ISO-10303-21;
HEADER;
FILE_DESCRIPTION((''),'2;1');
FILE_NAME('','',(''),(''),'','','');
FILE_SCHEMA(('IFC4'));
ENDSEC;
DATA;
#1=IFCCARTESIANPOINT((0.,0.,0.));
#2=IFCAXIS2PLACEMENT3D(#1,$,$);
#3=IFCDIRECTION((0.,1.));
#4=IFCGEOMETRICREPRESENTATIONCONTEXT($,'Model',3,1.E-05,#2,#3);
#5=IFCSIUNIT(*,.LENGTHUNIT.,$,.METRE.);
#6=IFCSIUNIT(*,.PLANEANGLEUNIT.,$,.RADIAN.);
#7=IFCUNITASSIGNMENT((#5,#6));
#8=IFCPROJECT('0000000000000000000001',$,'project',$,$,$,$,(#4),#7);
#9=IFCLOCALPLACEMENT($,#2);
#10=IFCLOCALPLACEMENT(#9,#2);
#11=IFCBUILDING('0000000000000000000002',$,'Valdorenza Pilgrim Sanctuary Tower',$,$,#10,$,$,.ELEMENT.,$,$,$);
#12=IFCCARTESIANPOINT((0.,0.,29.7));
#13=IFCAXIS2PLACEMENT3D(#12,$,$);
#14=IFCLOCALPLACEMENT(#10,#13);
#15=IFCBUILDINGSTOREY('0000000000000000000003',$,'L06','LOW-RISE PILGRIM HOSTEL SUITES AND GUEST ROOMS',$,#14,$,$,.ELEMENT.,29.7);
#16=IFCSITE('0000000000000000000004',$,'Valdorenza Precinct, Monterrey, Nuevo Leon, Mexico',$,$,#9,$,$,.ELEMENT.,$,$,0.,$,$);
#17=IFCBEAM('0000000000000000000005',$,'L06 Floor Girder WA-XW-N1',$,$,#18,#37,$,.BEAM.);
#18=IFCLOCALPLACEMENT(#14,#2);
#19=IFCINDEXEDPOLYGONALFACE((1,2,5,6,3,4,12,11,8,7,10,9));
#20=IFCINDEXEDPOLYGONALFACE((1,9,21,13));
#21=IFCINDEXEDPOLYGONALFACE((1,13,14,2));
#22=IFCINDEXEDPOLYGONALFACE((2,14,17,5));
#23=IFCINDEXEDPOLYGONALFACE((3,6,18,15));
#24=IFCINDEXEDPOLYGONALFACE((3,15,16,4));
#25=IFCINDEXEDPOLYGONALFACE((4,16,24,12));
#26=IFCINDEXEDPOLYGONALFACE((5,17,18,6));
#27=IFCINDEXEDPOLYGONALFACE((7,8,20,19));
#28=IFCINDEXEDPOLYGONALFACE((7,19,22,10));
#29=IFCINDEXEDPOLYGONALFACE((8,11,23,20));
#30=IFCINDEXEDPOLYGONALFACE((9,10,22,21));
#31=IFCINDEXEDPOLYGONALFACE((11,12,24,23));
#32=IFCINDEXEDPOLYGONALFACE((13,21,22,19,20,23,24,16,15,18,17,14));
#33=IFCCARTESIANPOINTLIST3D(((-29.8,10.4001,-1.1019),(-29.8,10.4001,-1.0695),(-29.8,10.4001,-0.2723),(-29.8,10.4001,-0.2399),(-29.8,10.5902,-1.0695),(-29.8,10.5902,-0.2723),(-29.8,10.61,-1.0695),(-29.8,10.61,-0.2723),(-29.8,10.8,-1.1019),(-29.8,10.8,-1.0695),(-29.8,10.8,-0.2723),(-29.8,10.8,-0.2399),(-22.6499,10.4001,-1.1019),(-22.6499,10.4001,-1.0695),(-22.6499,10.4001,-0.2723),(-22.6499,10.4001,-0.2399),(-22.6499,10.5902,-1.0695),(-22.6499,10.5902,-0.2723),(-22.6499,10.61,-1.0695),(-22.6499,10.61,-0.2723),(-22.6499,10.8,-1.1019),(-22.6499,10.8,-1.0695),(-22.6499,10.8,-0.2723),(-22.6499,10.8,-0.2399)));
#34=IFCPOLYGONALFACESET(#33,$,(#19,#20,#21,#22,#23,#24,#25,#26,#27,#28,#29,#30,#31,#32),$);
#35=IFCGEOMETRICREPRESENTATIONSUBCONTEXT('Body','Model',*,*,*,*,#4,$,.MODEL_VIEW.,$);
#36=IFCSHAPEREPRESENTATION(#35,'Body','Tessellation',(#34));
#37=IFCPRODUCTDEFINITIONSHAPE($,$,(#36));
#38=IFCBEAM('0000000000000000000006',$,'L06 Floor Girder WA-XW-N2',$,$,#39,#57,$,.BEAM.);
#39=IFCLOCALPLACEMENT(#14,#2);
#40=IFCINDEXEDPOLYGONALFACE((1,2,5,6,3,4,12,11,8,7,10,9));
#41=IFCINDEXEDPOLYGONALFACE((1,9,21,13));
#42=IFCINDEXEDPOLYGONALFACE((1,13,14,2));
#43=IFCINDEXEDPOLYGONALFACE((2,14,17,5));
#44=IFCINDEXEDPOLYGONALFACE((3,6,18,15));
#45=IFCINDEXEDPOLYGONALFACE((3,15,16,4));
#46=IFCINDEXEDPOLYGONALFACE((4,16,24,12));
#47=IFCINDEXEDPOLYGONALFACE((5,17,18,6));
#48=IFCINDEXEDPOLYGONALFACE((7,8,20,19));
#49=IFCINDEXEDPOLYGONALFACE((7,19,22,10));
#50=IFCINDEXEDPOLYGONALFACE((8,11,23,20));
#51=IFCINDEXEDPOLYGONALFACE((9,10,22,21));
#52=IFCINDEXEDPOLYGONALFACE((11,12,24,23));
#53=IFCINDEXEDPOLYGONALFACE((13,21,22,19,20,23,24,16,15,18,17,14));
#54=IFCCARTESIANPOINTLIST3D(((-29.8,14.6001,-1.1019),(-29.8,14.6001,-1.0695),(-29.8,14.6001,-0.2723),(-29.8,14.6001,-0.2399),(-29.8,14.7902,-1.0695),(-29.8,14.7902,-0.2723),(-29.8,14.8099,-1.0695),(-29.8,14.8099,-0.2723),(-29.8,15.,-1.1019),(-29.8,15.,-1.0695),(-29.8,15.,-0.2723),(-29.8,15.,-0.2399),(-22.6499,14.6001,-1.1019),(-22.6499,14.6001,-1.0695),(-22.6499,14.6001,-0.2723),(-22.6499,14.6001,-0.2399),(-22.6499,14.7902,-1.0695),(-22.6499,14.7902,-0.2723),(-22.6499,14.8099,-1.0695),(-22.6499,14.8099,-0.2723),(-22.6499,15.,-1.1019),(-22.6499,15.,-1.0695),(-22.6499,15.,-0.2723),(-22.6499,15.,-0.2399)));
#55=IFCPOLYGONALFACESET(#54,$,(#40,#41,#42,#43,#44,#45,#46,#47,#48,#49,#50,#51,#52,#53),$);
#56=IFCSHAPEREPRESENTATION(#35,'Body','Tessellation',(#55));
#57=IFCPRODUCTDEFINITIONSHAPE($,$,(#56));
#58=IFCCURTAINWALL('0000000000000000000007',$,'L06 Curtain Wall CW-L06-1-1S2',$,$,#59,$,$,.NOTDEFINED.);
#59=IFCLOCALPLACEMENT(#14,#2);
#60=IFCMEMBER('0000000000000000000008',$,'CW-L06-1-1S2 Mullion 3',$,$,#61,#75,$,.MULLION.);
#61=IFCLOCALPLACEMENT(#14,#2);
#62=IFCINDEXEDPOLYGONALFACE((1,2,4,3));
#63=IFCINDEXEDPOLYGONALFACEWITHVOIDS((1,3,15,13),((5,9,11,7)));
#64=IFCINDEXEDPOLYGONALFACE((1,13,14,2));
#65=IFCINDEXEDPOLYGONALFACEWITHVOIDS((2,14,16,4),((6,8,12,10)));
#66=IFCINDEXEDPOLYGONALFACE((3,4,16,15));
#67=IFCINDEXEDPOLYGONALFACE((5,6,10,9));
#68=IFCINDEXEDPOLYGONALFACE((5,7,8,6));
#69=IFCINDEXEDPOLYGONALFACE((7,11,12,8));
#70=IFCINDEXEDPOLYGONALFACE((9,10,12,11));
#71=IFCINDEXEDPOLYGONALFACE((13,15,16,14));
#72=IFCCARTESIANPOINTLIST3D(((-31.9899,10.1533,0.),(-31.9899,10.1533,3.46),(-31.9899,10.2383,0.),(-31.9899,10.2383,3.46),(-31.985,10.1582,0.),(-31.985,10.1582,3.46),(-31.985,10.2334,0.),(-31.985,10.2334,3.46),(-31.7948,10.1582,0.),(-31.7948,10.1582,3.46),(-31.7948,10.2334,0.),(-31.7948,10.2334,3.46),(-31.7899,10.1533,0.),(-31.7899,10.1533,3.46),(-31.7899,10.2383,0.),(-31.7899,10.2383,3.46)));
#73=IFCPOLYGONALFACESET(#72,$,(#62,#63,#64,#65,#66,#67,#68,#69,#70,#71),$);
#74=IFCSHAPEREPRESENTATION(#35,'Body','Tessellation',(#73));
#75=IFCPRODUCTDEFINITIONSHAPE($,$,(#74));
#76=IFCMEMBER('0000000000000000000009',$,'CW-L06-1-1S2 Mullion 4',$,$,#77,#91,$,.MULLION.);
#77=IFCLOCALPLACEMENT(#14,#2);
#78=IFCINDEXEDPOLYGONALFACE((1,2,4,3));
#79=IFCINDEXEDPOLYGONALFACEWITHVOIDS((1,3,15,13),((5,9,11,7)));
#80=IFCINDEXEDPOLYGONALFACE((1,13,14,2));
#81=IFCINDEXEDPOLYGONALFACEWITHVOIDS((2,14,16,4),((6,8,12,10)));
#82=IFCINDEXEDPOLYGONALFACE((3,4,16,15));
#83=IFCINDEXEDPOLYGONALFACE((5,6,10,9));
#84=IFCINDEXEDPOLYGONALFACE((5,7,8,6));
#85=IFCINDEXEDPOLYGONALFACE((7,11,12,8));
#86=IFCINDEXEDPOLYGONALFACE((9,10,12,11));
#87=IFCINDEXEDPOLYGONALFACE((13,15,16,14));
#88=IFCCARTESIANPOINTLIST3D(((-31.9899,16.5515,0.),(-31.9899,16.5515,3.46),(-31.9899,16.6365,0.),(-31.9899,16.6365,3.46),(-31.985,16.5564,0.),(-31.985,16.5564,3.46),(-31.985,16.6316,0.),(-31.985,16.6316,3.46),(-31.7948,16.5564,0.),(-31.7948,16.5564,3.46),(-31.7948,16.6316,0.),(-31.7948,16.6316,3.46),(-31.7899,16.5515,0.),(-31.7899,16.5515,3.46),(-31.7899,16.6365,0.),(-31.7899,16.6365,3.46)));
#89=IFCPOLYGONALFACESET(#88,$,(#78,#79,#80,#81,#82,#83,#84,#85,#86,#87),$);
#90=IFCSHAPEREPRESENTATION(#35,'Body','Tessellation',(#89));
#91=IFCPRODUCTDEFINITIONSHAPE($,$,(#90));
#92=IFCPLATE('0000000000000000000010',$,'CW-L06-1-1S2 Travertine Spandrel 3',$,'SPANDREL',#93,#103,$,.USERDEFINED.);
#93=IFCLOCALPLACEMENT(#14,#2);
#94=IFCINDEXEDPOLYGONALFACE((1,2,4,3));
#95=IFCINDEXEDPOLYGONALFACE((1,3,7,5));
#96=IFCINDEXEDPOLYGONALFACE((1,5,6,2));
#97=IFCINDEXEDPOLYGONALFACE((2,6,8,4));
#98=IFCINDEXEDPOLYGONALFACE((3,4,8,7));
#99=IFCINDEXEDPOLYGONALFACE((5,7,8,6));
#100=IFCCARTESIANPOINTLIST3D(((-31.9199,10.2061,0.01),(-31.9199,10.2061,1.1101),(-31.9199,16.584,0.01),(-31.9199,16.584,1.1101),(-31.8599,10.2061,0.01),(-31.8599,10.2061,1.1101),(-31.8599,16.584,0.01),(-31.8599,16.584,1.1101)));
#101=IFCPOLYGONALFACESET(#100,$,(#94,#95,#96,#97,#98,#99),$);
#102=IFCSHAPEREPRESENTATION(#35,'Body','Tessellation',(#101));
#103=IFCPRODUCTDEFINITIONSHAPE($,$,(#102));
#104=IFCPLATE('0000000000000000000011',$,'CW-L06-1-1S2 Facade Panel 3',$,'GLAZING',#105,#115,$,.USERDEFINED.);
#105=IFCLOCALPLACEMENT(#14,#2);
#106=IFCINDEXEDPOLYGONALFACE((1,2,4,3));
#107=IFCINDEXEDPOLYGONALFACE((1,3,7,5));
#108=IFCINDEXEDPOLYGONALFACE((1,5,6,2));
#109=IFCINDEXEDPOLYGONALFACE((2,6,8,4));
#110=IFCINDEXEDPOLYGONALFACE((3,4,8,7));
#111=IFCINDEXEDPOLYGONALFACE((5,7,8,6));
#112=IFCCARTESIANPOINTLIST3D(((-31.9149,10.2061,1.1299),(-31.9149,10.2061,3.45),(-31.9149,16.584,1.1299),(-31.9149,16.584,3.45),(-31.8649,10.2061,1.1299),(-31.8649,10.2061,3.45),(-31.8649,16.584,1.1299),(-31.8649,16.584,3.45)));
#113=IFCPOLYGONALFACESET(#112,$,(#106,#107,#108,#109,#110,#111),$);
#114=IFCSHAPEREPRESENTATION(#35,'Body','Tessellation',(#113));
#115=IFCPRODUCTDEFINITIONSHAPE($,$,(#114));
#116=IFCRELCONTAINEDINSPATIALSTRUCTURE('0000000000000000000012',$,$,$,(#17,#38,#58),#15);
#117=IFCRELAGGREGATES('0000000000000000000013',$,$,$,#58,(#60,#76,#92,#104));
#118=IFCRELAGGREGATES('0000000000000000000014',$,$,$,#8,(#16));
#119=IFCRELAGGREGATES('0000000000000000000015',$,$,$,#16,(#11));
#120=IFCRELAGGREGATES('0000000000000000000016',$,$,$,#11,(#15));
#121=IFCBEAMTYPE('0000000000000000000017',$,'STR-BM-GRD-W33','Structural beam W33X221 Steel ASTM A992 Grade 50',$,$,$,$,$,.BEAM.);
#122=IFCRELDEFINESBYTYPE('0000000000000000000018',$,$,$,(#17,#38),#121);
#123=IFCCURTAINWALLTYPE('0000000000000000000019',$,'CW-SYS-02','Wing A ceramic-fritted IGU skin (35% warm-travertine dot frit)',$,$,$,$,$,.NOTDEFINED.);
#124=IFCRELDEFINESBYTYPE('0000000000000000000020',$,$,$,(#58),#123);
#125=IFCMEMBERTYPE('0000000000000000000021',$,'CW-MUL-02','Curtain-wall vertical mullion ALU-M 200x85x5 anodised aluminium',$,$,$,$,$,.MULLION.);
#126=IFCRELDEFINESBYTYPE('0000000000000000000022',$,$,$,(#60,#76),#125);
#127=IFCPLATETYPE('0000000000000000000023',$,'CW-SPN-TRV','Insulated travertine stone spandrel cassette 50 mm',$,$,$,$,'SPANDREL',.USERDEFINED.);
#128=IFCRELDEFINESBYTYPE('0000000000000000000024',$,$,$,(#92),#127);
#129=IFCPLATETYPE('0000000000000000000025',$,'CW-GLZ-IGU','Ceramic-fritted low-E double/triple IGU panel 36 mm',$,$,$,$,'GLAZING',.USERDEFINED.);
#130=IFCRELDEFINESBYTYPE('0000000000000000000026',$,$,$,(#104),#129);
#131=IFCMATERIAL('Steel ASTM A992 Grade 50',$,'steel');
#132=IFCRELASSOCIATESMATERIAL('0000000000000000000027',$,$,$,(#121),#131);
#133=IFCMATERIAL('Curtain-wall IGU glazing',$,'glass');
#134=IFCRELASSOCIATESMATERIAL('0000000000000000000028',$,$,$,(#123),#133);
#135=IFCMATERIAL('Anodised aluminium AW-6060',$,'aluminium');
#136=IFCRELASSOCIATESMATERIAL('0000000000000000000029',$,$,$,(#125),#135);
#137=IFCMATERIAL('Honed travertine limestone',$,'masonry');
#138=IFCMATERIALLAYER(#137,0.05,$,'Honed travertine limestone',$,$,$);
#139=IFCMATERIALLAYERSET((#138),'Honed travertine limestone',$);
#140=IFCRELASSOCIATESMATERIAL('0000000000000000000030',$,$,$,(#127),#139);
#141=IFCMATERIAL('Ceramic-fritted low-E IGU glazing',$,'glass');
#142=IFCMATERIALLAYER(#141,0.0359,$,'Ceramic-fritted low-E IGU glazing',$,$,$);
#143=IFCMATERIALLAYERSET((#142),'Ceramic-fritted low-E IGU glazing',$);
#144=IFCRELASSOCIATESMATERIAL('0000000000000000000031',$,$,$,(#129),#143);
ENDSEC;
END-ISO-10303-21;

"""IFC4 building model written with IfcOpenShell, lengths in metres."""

from ifc_helpers import new_model, si_unit, direction, frame, origin, origin_2d, place, context, subcontext, project, spatial, rectangle, hollow_rectangle, i_section, extrude, source, transform, mapped, material, layer, layer_set, material_profile, profile_set, type_object, element, aggregate, save


model = new_model("IFC4")

# Units and contexts
model_context = context("Model", 3, precision=1e-05, world=origin(), true_north=direction((0.0, 1.0)))
body_context = subcontext(model_context, "Body", "Model", "MODEL_VIEW")
ifc_project = project(units=[si_unit("LENGTHUNIT", "METRE"), si_unit("PLANEANGLEUNIT", "RADIAN")], contexts=[model_context])

# Site, building, storey
site_placement = place(None, origin())
site = spatial("IfcSite", under=ifc_project, at=site_placement, Name="Valdorenza Precinct, Monterrey, Nuevo Leon, Mexico", CompositionType="ELEMENT", RefElevation=0.0)
building_placement = place(site_placement, origin())
building = spatial("IfcBuilding", under=site, at=building_placement, Name="Valdorenza Pilgrim Sanctuary Tower", CompositionType="ELEMENT")
storey_placement = place(building_placement, frame((0.0, 0.0, 29.7)))
storey = spatial("IfcBuildingStorey", under=building, at=storey_placement, Name="L06", Description="LOW-RISE PILGRIM HOSTEL SUITES AND GUEST ROOMS", CompositionType="ELEMENT", Elevation=29.7)

# Beams
ifc_material_1 = material(Name="Steel ASTM A992 Grade 50", Category="steel")
ifc_material_profile_1 = material_profile(ifc_material_1, i_section(OverallWidth=0.3999, OverallDepth=0.8621, WebThickness=0.0198, FlangeThickness=0.0325, at=origin_2d()), Name="W33X221")
ifc_profile_set_1 = profile_set([ifc_material_profile_1], Name="Steel ASTM A992 Grade 50")
beam_type_1 = type_object("IfcBeamType", Name="STR-BM-GRD-W33", Description="Structural beam W33X221 Steel ASTM A992 Grade 50", PredefinedType="BEAM", material=ifc_profile_set_1)
shared_shape_1 = source(origin(), body_context, "Body", "SweptSolid", [
    extrude(i_section(OverallWidth=0.3999, OverallDepth=0.8621, WebThickness=0.0198, FlangeThickness=0.0325, at=origin_2d()), origin(), (0.0, 0.0, 1.0), 7.1501),
])
for number, where, z_axis, x_axis, name in (
    (1, (-29.8, 10.6001, -0.6709), (1.0, 0.0, 0.0), (0.0, 1.0, 0.0), "L06 Floor Girder WA-XW-N1"),
    (2, (-29.8, 14.8, -0.6709), (1.0, 0.0, 0.0), (0.0, 1.0, 0.0), "L06 Floor Girder WA-XW-N2"),
):
    element("IfcBeam", number, at=place(storey_placement, frame(where, z_axis=z_axis, x_axis=x_axis)), inside=storey, type_object=beam_type_1, Name=name, PredefinedType="BEAM", context=body_context, shape_type="MappedRepresentation", body=[
        mapped(shared_shape_1, transform((0.0, 0.0, 0.0), x_axis=(1.0, 0.0, 0.0), y_axis=(0.0, 1.0, 0.0), z_axis=(0.0, 0.0, 1.0), scale=1.0)),
    ])

# Curtain wall, members, plates
ifc_material_2 = material(Name="Curtain-wall IGU glazing", Category="glass")
curtain_wall_type = type_object("IfcCurtainWallType", Name="CW-SYS-02", Description="Wing A ceramic-fritted IGU skin (35% warm-travertine dot frit)", PredefinedType="NOTDEFINED", material=ifc_material_2)
curtain_wall_placement = place(storey_placement, origin())
curtain_wall = element("IfcCurtainWall", 3, at=curtain_wall_placement, inside=storey, type_object=curtain_wall_type, Name="L06 Curtain Wall CW-L06-1-1S2", PredefinedType="NOTDEFINED")
ifc_material_3 = material(Name="Anodised aluminium AW-6060", Category="aluminium")
ifc_material_profile_2 = material_profile(ifc_material_3, hollow_rectangle(XDim=0.085, YDim=0.2, WallThickness=0.0049, at=origin_2d()), Name="ALU-M 200x85x5")
ifc_profile_set_2 = profile_set([ifc_material_profile_2], Name="Anodised aluminium AW-6060")
member_type = type_object("IfcMemberType", Name="CW-MUL-02", Description="Curtain-wall vertical mullion ALU-M 200x85x5 anodised aluminium", PredefinedType="MULLION", material=ifc_profile_set_2)
shared_shape_2 = source(origin(), body_context, "Body", "SweptSolid", [
    extrude(hollow_rectangle(XDim=0.085, YDim=0.2, WallThickness=0.0049, at=origin_2d()), origin(), (0.0, 0.0, 1.0), 3.46),
])
member_1_placement = place(storey_placement, frame((-31.8899, 10.1958, 0.0), z_axis=(0.0, 0.0, 1.0), x_axis=(0.0, 1.0, 0.0)))
member_1 = element("IfcMember", 4, at=member_1_placement, type_object=member_type, Name="CW-L06-1-1S2 Mullion 3", PredefinedType="MULLION", context=body_context, shape_type="MappedRepresentation", body=[
    mapped(shared_shape_2, transform((0.0, 0.0, 0.0), x_axis=(1.0, 0.0, 0.0), y_axis=(0.0, 1.0, 0.0), z_axis=(0.0, 0.0, 1.0), scale=1.0)),
])
member_2_placement = place(storey_placement, frame((-31.8899, 16.594, 0.0), z_axis=(0.0, 0.0, 1.0), x_axis=(0.0, 1.0, 0.0)))
member_2 = element("IfcMember", 5, at=member_2_placement, type_object=member_type, Name="CW-L06-1-1S2 Mullion 4", PredefinedType="MULLION", context=body_context, shape_type="MappedRepresentation", body=[
    mapped(shared_shape_2, transform((0.0, 0.0, 0.0), x_axis=(1.0, 0.0, 0.0), y_axis=(0.0, 1.0, 0.0), z_axis=(0.0, 0.0, 1.0), scale=1.0)),
])
ifc_material_4 = material(Name="Honed travertine limestone", Category="masonry")
ifc_layer_1 = layer(ifc_material_4, 0.05, Name="Honed travertine limestone")
ifc_layer_set_1 = layer_set([ifc_layer_1], Name="Honed travertine limestone")
plate_type_1 = type_object("IfcPlateType", Name="CW-SPN-TRV", Description="Insulated travertine stone spandrel cassette 50 mm", ElementType="SPANDREL", PredefinedType="USERDEFINED", material=ifc_layer_set_1)
shared_shape_3 = source(origin(), body_context, "Body", "SweptSolid", [
    extrude(rectangle(XDim=6.3779, YDim=0.0601, at=origin_2d()), origin(), (0.0, 0.0, 1.0), 1.1001),
])
plate_1_placement = place(storey_placement, frame((-31.8899, 13.395, 0.01), z_axis=(0.0, 0.0, 1.0), x_axis=(0.0, 1.0, 0.0)))
plate_1 = element("IfcPlate", 6, at=plate_1_placement, type_object=plate_type_1, Name="CW-L06-1-1S2 Travertine Spandrel 3", ObjectType="SPANDREL", PredefinedType="USERDEFINED", context=body_context, shape_type="MappedRepresentation", body=[
    mapped(shared_shape_3, transform((0.0, 0.0, 0.0), x_axis=(1.0, 0.0, 0.0), y_axis=(0.0, 1.0, 0.0), z_axis=(0.0, 0.0, 1.0), scale=1.0)),
])
ifc_material_5 = material(Name="Ceramic-fritted low-E IGU glazing", Category="glass")
ifc_layer_2 = layer(ifc_material_5, 0.0359, Name="Ceramic-fritted low-E IGU glazing")
ifc_layer_set_2 = layer_set([ifc_layer_2], Name="Ceramic-fritted low-E IGU glazing")
plate_type_2 = type_object("IfcPlateType", Name="CW-GLZ-IGU", Description="Ceramic-fritted low-E double/triple IGU panel 36 mm", ElementType="GLAZING", PredefinedType="USERDEFINED", material=ifc_layer_set_2)
shared_shape_4 = source(origin(), body_context, "Body", "SweptSolid", [
    extrude(rectangle(XDim=6.3779, YDim=0.05, at=origin_2d()), origin(), (0.0, 0.0, 1.0), 2.3201),
])
plate_2_placement = place(storey_placement, frame((-31.8899, 13.395, 1.1299), z_axis=(0.0, 0.0, 1.0), x_axis=(0.0, 1.0, 0.0)))
plate_2 = element("IfcPlate", 7, at=plate_2_placement, type_object=plate_type_2, Name="CW-L06-1-1S2 Facade Panel 3", ObjectType="GLAZING", PredefinedType="USERDEFINED", context=body_context, shape_type="MappedRepresentation", body=[
    mapped(shared_shape_4, transform((0.0, 0.0, 0.0), x_axis=(1.0, 0.0, 0.0), y_axis=(0.0, 1.0, 0.0), z_axis=(0.0, 0.0, 1.0), scale=1.0)),
])
aggregate(curtain_wall, [member_1, member_2, plate_1, plate_2])

save(model, "model.ifc")
